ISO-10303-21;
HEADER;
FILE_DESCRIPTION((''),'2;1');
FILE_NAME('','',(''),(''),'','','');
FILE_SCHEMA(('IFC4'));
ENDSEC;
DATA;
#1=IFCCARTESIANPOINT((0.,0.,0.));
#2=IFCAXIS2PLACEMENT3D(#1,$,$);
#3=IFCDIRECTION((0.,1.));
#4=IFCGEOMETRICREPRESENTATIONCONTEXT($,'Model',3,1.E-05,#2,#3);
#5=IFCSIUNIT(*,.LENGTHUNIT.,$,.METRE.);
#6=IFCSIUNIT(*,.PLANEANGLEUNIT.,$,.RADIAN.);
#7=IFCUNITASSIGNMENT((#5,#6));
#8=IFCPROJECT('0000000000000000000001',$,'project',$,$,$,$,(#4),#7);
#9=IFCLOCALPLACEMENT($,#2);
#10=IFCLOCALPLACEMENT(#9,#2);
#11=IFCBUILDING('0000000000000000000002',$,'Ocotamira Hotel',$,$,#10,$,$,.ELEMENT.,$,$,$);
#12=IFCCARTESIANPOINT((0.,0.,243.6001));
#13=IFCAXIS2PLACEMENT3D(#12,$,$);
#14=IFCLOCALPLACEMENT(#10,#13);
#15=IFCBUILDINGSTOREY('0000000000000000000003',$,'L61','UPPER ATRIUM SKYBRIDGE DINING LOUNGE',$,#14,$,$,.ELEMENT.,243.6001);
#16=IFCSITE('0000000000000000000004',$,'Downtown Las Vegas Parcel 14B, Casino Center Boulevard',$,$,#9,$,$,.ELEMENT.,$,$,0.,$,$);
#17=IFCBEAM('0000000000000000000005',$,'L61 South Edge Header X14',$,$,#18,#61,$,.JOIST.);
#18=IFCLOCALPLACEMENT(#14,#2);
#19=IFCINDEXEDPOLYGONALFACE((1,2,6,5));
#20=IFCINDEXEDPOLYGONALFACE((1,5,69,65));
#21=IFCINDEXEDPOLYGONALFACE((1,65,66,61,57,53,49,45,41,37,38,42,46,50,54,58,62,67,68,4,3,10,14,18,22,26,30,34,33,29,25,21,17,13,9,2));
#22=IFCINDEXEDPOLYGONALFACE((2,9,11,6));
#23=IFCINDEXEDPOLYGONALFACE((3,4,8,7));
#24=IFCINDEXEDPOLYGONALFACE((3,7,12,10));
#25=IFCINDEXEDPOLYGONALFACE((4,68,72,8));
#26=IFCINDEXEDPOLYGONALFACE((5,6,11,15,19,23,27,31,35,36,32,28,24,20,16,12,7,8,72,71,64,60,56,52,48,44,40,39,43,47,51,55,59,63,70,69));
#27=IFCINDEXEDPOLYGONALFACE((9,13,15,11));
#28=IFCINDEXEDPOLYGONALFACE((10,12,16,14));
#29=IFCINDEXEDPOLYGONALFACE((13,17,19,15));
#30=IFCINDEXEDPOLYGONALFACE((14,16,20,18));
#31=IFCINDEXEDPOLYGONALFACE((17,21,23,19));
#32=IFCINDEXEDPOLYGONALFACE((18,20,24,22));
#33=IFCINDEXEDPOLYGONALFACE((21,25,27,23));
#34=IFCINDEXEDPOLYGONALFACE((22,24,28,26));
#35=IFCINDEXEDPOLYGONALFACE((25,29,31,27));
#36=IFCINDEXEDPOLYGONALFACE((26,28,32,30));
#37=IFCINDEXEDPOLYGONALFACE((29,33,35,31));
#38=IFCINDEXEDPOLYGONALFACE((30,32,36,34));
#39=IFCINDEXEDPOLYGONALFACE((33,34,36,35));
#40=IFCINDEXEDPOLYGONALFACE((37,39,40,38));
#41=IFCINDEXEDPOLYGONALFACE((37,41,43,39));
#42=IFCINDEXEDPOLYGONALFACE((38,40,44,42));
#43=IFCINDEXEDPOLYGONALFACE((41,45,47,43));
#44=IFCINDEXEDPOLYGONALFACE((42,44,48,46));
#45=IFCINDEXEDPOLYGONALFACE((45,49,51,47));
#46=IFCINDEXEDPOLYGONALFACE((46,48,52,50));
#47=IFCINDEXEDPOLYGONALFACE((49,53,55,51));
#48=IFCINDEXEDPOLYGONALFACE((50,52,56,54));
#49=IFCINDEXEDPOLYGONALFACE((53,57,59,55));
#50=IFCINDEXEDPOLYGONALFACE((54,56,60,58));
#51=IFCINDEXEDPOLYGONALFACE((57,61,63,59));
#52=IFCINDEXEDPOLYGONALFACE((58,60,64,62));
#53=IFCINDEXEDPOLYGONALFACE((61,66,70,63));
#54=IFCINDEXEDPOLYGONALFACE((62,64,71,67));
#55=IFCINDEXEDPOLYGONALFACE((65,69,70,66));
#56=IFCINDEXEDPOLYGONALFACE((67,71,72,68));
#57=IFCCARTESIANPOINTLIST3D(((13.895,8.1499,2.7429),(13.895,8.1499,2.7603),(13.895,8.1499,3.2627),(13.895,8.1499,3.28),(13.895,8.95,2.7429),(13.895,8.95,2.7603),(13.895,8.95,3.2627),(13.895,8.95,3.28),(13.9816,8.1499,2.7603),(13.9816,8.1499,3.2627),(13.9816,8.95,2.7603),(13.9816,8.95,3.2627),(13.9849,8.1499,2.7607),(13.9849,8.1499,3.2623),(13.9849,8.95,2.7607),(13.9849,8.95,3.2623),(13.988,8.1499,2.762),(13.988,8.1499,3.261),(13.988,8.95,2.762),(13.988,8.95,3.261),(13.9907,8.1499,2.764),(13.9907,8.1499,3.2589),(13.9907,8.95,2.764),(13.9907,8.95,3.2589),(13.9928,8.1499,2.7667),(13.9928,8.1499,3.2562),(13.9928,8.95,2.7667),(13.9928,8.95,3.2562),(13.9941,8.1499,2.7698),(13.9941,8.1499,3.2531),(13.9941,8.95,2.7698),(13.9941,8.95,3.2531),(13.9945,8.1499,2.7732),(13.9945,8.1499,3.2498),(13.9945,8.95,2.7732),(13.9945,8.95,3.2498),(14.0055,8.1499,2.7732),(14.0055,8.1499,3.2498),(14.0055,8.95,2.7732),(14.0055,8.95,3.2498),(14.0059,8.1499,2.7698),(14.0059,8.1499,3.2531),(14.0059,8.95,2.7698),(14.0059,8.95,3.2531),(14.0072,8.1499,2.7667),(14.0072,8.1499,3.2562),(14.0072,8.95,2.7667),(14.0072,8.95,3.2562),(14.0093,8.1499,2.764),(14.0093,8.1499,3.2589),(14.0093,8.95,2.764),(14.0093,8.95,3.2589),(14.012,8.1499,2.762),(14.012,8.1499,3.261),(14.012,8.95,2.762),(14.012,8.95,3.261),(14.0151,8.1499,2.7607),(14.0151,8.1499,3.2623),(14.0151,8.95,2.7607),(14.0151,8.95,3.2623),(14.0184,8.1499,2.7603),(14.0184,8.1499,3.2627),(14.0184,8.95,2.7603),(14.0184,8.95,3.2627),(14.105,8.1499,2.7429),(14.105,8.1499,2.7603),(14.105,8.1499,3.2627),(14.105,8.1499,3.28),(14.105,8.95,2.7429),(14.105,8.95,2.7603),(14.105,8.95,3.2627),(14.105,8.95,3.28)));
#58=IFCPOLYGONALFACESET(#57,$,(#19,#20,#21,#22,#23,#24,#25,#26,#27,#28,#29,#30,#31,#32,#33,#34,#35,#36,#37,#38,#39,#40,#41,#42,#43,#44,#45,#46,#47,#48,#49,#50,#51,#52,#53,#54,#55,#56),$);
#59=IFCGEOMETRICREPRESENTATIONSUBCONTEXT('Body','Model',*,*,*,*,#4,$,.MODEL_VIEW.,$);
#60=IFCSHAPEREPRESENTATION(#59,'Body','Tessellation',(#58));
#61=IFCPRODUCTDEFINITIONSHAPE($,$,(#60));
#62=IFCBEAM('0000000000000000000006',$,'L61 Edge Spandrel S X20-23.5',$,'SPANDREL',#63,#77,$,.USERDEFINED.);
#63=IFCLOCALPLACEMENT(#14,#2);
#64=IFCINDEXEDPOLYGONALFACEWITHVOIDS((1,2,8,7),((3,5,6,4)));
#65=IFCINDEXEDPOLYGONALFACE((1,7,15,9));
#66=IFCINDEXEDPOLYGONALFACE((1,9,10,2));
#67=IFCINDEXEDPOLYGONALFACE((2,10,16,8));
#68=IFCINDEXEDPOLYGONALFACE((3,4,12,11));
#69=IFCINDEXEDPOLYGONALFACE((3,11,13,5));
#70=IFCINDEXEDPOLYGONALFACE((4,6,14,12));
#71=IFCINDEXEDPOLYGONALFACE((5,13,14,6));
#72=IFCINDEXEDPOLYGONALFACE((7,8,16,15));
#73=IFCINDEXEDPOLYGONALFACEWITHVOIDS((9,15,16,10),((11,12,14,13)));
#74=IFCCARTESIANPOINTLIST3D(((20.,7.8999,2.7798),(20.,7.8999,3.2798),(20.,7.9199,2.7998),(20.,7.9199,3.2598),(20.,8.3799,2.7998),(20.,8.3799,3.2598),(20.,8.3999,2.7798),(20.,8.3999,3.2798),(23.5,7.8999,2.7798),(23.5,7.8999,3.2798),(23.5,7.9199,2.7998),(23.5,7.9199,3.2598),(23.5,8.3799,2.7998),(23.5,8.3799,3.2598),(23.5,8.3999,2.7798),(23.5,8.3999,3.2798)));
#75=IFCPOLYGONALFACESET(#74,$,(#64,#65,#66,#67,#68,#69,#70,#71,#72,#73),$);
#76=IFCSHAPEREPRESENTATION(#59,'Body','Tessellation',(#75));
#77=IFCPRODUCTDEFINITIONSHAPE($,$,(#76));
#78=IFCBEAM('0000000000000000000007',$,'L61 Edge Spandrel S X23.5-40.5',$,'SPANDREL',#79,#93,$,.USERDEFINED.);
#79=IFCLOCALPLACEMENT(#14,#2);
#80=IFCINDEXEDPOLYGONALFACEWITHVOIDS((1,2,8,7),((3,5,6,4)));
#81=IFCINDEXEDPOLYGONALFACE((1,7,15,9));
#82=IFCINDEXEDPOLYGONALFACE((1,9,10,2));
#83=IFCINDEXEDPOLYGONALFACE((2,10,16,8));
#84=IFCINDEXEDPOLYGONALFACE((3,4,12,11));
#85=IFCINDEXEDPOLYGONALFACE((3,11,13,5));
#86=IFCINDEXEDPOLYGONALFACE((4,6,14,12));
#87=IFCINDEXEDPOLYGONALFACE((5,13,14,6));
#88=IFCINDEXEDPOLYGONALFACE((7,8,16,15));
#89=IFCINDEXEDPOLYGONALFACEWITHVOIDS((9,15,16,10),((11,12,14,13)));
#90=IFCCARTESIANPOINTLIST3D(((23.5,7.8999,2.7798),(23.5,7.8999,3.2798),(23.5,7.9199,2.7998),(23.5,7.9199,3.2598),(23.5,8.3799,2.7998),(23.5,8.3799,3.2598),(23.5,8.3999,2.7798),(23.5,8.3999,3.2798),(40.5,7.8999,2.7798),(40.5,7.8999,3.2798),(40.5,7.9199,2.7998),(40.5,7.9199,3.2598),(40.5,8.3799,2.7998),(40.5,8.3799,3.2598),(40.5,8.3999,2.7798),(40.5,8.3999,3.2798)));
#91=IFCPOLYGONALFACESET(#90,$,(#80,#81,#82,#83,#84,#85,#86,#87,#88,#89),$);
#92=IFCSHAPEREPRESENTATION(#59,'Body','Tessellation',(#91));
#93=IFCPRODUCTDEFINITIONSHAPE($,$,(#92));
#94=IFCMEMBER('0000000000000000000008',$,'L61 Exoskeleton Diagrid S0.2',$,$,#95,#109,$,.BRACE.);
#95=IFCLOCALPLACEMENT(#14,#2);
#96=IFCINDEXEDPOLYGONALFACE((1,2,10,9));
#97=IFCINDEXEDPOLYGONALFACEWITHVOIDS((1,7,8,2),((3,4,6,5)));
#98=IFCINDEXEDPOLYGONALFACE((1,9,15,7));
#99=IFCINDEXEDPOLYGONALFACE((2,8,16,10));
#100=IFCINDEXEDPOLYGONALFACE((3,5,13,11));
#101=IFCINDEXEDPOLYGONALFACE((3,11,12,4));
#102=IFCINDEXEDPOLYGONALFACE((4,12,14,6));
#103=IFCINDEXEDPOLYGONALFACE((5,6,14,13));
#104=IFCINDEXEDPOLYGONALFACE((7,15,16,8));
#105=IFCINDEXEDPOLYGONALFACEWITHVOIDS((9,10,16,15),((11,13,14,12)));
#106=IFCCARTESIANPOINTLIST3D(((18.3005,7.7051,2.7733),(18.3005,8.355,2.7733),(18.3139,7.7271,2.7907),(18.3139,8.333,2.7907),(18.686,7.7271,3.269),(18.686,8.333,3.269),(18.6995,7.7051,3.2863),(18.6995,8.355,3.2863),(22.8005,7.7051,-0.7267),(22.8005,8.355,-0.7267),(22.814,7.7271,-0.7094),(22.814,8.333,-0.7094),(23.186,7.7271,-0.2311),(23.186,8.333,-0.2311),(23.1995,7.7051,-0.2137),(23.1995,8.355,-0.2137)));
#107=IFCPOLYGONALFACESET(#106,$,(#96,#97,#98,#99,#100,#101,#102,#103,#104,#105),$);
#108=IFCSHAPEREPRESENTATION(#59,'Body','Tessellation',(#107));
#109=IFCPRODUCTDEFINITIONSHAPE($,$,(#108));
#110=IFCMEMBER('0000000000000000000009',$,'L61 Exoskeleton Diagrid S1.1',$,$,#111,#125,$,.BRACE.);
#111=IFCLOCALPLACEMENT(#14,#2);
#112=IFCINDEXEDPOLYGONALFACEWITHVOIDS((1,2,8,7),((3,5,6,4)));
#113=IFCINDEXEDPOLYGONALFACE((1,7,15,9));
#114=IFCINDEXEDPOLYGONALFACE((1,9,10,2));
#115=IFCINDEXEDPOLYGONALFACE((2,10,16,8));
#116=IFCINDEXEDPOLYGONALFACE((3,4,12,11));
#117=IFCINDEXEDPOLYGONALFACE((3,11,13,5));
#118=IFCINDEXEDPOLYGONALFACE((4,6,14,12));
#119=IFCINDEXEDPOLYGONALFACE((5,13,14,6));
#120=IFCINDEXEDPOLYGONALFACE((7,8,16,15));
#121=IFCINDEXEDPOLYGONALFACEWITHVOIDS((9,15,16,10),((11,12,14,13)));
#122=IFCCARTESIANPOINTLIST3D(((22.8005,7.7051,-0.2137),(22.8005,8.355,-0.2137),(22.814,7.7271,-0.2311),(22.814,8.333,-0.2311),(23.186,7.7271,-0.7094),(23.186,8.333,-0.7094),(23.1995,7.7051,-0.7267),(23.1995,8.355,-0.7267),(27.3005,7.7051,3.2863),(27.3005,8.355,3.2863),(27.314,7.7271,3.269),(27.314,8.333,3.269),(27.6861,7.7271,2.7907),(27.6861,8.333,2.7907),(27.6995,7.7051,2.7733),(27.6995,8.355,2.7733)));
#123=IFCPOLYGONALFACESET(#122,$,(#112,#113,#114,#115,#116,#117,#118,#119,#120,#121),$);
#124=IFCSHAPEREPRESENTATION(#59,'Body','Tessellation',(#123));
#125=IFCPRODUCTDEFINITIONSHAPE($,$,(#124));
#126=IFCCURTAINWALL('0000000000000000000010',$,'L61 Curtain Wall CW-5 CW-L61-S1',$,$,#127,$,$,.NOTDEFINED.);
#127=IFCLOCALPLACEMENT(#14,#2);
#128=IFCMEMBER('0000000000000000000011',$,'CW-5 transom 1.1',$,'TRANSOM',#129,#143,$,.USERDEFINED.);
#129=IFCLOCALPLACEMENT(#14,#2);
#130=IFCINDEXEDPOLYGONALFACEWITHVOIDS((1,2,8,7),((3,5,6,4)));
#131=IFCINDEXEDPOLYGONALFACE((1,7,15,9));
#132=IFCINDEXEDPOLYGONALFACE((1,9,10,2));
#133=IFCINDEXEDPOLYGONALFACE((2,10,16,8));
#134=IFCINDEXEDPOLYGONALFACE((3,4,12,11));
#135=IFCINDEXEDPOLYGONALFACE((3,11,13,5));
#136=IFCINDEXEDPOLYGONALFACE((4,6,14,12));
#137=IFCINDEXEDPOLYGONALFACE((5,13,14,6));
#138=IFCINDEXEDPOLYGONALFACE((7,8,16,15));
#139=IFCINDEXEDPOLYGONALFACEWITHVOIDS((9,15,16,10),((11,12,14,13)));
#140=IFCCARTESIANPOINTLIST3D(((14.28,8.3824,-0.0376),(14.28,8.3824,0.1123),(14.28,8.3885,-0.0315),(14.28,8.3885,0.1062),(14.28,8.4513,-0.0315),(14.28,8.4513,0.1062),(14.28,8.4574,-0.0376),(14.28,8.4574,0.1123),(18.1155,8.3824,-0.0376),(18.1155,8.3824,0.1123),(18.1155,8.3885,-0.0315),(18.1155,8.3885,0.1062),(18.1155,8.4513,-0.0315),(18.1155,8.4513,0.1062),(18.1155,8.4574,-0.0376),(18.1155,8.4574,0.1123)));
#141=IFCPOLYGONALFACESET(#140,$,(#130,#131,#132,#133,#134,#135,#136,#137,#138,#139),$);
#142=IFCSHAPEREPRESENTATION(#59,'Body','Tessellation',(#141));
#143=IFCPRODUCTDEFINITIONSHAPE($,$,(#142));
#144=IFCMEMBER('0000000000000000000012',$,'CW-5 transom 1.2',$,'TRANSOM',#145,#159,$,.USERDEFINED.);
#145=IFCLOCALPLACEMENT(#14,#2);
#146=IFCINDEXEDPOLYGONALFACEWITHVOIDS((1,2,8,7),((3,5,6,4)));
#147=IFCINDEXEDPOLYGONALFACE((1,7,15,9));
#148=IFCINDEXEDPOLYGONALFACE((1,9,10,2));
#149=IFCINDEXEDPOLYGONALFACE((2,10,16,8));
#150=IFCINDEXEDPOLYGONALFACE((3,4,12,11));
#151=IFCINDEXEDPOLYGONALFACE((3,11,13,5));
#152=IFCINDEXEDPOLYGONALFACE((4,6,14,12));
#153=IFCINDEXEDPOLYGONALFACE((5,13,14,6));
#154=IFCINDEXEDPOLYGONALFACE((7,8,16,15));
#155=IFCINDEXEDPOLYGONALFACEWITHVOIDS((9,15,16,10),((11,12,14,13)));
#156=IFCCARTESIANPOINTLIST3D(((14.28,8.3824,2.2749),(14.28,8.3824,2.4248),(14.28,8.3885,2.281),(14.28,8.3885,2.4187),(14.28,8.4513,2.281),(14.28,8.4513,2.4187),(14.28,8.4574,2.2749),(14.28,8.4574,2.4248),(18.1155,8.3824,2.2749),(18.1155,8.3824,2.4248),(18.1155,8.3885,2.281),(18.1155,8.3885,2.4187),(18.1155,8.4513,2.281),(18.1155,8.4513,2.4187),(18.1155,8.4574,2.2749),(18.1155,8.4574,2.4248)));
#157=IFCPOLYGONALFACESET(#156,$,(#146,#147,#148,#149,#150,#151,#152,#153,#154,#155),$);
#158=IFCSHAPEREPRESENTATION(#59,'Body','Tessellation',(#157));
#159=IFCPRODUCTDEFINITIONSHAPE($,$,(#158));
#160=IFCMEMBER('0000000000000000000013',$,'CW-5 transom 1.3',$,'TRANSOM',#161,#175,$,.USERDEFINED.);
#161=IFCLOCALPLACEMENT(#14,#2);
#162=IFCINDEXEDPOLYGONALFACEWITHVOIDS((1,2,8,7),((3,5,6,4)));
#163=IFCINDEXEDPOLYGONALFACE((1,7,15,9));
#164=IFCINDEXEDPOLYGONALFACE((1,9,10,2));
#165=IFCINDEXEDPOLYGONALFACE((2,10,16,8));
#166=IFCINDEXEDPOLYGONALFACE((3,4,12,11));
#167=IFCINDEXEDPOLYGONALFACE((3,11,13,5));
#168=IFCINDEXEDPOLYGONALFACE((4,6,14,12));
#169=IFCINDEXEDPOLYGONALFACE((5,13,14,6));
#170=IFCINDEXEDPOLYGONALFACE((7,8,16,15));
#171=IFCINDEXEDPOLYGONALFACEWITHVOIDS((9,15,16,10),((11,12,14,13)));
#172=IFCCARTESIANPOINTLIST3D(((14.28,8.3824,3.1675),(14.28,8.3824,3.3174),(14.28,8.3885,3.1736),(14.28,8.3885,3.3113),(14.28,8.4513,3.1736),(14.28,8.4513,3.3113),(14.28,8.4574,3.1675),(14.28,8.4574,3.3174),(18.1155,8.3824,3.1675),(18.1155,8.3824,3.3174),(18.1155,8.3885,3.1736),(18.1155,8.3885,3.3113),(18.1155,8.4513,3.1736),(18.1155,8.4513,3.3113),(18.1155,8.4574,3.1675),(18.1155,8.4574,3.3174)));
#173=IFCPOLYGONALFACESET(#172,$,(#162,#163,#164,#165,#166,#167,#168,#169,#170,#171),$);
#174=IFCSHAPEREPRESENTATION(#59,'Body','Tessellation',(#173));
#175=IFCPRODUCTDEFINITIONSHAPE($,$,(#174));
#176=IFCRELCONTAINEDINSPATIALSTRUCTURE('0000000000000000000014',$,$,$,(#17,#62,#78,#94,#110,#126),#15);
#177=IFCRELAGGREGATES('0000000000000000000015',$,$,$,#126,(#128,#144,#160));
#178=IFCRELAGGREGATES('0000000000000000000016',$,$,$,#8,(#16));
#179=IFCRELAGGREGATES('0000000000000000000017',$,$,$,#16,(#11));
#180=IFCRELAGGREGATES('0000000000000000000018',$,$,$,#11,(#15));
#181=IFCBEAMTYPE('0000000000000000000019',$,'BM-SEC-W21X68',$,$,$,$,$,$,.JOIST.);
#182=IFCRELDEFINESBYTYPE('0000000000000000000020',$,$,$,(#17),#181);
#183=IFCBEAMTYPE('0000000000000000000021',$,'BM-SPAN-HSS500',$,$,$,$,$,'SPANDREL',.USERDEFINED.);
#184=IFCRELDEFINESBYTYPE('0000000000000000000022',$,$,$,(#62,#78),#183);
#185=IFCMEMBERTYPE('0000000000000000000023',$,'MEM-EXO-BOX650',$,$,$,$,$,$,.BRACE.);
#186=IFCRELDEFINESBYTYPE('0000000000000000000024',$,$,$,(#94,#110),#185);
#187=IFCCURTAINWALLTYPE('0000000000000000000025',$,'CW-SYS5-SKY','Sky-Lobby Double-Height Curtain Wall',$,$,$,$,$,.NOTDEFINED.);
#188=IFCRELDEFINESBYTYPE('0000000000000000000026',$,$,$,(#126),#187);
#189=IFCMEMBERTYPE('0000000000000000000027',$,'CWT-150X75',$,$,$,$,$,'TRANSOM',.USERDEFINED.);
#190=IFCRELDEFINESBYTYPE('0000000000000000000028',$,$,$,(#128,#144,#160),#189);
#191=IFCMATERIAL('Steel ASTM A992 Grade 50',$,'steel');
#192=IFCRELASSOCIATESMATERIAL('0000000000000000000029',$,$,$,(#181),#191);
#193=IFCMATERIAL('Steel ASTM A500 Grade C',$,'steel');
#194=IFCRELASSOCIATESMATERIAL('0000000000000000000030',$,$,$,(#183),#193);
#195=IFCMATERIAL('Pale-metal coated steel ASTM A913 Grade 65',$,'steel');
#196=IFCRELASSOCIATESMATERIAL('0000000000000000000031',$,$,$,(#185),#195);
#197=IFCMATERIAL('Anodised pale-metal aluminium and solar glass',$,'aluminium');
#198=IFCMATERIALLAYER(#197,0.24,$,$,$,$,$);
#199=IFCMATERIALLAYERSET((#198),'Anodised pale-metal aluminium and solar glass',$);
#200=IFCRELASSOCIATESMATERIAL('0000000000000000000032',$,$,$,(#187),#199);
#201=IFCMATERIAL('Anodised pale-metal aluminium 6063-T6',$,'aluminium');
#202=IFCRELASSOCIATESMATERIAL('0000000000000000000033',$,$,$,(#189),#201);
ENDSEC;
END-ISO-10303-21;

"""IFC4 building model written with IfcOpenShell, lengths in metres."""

from ifc_helpers import new_model, si_unit, direction, frame, origin, origin_2d, place, context, subcontext, project, spatial, hollow_rectangle, i_section, extrude, source, transform, mapped, material, layer, layer_set, material_profile, profile_set, type_object, element, aggregate, save


model = new_model("IFC4")

# Units and contexts
model_context = context("Model", 3, precision=1e-05, world=origin(), true_north=direction((0.0, 1.0)))
body_context = subcontext(model_context, "Body", "Model", "MODEL_VIEW")
ifc_project = project(units=[si_unit("LENGTHUNIT", "METRE"), si_unit("PLANEANGLEUNIT", "RADIAN")], contexts=[model_context])

# Site, building, storey
site_placement = place(None, origin())
site = spatial("IfcSite", under=ifc_project, at=site_placement, Name="Downtown Las Vegas Parcel 14B, Casino Center Boulevard", CompositionType="ELEMENT", RefElevation=0.0)
building_placement = place(site_placement, origin())
building = spatial("IfcBuilding", under=site, at=building_placement, Name="Ocotamira Hotel", CompositionType="ELEMENT")
storey_placement = place(building_placement, frame((0.0, 0.0, 243.6001)))
storey = spatial("IfcBuildingStorey", under=building, at=storey_placement, Name="L61", Description="UPPER ATRIUM SKYBRIDGE DINING LOUNGE", CompositionType="ELEMENT", Elevation=243.6001)

# Shared definitions
ifc_material_1 = material(Name="Steel ASTM A992 Grade 50", Category="steel")

# Beams
ifc_material_profile_1 = material_profile(ifc_material_1, i_section(OverallWidth=0.21, OverallDepth=0.5371, WebThickness=0.011, FlangeThickness=0.0173, FilletRadius=0.0129, at=origin_2d()), Name="W21X68")
ifc_profile_set_1 = profile_set([ifc_material_profile_1], Name="Steel ASTM A992 Grade 50")
beam_type_1 = type_object("IfcBeamType", Name="BM-SEC-W21X68", PredefinedType="JOIST", material=ifc_profile_set_1)
shared_shape_1 = source(origin(), body_context, "Body", "SweptSolid", [
    extrude(i_section(OverallWidth=0.21, OverallDepth=0.5371, WebThickness=0.011, FlangeThickness=0.0173, FilletRadius=0.0129, at=origin_2d()), origin(), (0.0, 0.0, 1.0), 0.8),
])
beam_1_placement = place(storey_placement, frame((14.0, 8.95, 3.0115), z_axis=(0.0, -1.0, 0.0), x_axis=(1.0, 0.0, 0.0)))
element("IfcBeam", 1, at=beam_1_placement, inside=storey, type_object=beam_type_1, Name="L61 South Edge Header X14", PredefinedType="JOIST", context=body_context, shape_type="MappedRepresentation", body=[
    mapped(shared_shape_1, transform((0.0, 0.0, 0.0), scale=1.0)),
])
ifc_material_2 = material(Name="Steel ASTM A500 Grade C", Category="steel")
ifc_material_profile_2 = material_profile(ifc_material_2, hollow_rectangle(XDim=0.5, YDim=0.5, WallThickness=0.02, at=origin_2d()), Name="HSS500X500X20")
ifc_profile_set_2 = profile_set([ifc_material_profile_2], Name="Steel ASTM A500 Grade C")
beam_type_2 = type_object("IfcBeamType", Name="BM-SPAN-HSS500", ElementType="SPANDREL", PredefinedType="USERDEFINED", material=ifc_profile_set_2)
shared_shape_2 = source(origin(), body_context, "Body", "SweptSolid", [
    extrude(hollow_rectangle(XDim=0.5, YDim=0.5, WallThickness=0.02, at=origin_2d()), origin(), (0.0, 0.0, 1.0), 3.5),
])
beam_2_placement = place(storey_placement, frame((20.0, 8.1499, 3.0298), z_axis=(1.0, 0.0, 0.0), x_axis=(0.0, 1.0, 0.0)))
element("IfcBeam", 2, at=beam_2_placement, inside=storey, type_object=beam_type_2, Name="L61 Edge Spandrel S X20-23.5", ObjectType="SPANDREL", PredefinedType="USERDEFINED", context=body_context, shape_type="MappedRepresentation", body=[
    mapped(shared_shape_2, transform((0.0, 0.0, 0.0), scale=1.0)),
])
shared_shape_3 = source(origin(), body_context, "Body", "SweptSolid", [
    extrude(hollow_rectangle(XDim=0.5, YDim=0.5, WallThickness=0.02, at=origin_2d()), origin(), (0.0, 0.0, 1.0), 17.0),
])
beam_3_placement = place(storey_placement, frame((23.5, 8.1499, 3.0298), z_axis=(1.0, 0.0, 0.0), x_axis=(0.0, 1.0, 0.0)))
element("IfcBeam", 3, at=beam_3_placement, inside=storey, type_object=beam_type_2, Name="L61 Edge Spandrel S X23.5-40.5", ObjectType="SPANDREL", PredefinedType="USERDEFINED", context=body_context, shape_type="MappedRepresentation", body=[
    mapped(shared_shape_3, transform((0.0, 0.0, 0.0), scale=1.0)),
])

# Members
ifc_material_3 = material(Name="Pale-metal coated steel ASTM A913 Grade 65", Category="steel")
ifc_material_profile_3 = material_profile(ifc_material_3, hollow_rectangle(XDim=0.6499, YDim=0.6499, WallThickness=0.022, at=origin_2d()), Name="BOX650X650X22")
ifc_profile_set_3 = profile_set([ifc_material_profile_3], Name="Pale-metal coated steel ASTM A913 Grade 65")
member_type_1 = type_object("IfcMemberType", Name="MEM-EXO-BOX650", PredefinedType="BRACE", material=ifc_profile_set_3)
shared_shape_4 = source(origin(), body_context, "Body", "SweptSolid", [
    extrude(hollow_rectangle(XDim=0.6499, YDim=0.6499, WallThickness=0.022, at=origin_2d()), origin(), (0.0, 0.0, 1.0), 5.7009),
])
for number, where, z_axis, x_axis, name in (
    (4, (23.0, 8.03, -0.4702), (-0.789352, 0.0, 0.613941), (0.0, -1.0, 0.0), "L61 Exoskeleton Diagrid S0.2"),
    (5, (23.0, 8.03, -0.4702), (0.789352, 0.0, 0.613941), (0.0, 1.0, 0.0), "L61 Exoskeleton Diagrid S1.1"),
):
    element("IfcMember", number, at=place(storey_placement, frame(where, z_axis=z_axis, x_axis=x_axis)), inside=storey, type_object=member_type_1, Name=name, PredefinedType="BRACE", context=body_context, shape_type="MappedRepresentation", body=[
        mapped(shared_shape_4, transform((0.0, 0.0, 0.0), scale=1.0)),
    ])

# Curtain wall, members
ifc_material_4 = material(Name="Anodised pale-metal aluminium and solar glass", Category="aluminium")
ifc_layer_1 = layer(ifc_material_4, 0.24)
ifc_layer_set_1 = layer_set([ifc_layer_1], Name="Anodised pale-metal aluminium and solar glass")
curtain_wall_type = type_object("IfcCurtainWallType", Name="CW-SYS5-SKY", Description="Sky-Lobby Double-Height Curtain Wall", PredefinedType="NOTDEFINED", material=ifc_layer_set_1)
curtain_wall_placement = place(storey_placement, origin())
curtain_wall = element("IfcCurtainWall", 6, at=curtain_wall_placement, inside=storey, type_object=curtain_wall_type, Name="L61 Curtain Wall CW-5 CW-L61-S1", PredefinedType="NOTDEFINED")
ifc_material_5 = material(Name="Anodised pale-metal aluminium 6063-T6", Category="aluminium")
ifc_material_profile_4 = material_profile(ifc_material_5, hollow_rectangle(XDim=0.075, YDim=0.1499, WallThickness=0.0061, at=origin_2d()), Name="HSS150X75X6")
ifc_profile_set_4 = profile_set([ifc_material_profile_4], Name="Anodised pale-metal aluminium 6063-T6")
member_type_2 = type_object("IfcMemberType", Name="CWT-150X75", ElementType="TRANSOM", PredefinedType="USERDEFINED", material=ifc_profile_set_4)
shared_shape_5 = source(origin(), body_context, "Body", "SweptSolid", [
    extrude(hollow_rectangle(XDim=0.075, YDim=0.1499, WallThickness=0.0061, at=origin_2d()), origin(), (0.0, 0.0, 1.0), 3.8354),
])
member_1_placement = place(storey_placement, frame((14.28, 8.4199, 0.0374), z_axis=(1.0, 0.0, 0.0), x_axis=(0.0, 1.0, 0.0)))
member_1 = element("IfcMember", 7, at=member_1_placement, type_object=member_type_2, Name="CW-5 transom 1.1", ObjectType="TRANSOM", PredefinedType="USERDEFINED", context=body_context, shape_type="MappedRepresentation", body=[
    mapped(shared_shape_5, transform((0.0, 0.0, 0.0), scale=1.0)),
])
member_2_placement = place(storey_placement, frame((14.28, 8.4199, 2.3499), z_axis=(1.0, 0.0, 0.0), x_axis=(0.0, 1.0, 0.0)))
member_2 = element("IfcMember", 8, at=member_2_placement, type_object=member_type_2, Name="CW-5 transom 1.2", ObjectType="TRANSOM", PredefinedType="USERDEFINED", context=body_context, shape_type="MappedRepresentation", body=[
    mapped(shared_shape_5, transform((0.0, 0.0, 0.0), scale=1.0)),
])
member_3_placement = place(storey_placement, frame((14.28, 8.4199, 3.2424), z_axis=(1.0, 0.0, 0.0), x_axis=(0.0, 1.0, 0.0)))
member_3 = element("IfcMember", 9, at=member_3_placement, type_object=member_type_2, Name="CW-5 transom 1.3", ObjectType="TRANSOM", PredefinedType="USERDEFINED", context=body_context, shape_type="MappedRepresentation", body=[
    mapped(shared_shape_5, transform((0.0, 0.0, 0.0), scale=1.0)),
])

aggregate(curtain_wall, [member_1, member_2, member_3])

save(model, "model.ifc")
